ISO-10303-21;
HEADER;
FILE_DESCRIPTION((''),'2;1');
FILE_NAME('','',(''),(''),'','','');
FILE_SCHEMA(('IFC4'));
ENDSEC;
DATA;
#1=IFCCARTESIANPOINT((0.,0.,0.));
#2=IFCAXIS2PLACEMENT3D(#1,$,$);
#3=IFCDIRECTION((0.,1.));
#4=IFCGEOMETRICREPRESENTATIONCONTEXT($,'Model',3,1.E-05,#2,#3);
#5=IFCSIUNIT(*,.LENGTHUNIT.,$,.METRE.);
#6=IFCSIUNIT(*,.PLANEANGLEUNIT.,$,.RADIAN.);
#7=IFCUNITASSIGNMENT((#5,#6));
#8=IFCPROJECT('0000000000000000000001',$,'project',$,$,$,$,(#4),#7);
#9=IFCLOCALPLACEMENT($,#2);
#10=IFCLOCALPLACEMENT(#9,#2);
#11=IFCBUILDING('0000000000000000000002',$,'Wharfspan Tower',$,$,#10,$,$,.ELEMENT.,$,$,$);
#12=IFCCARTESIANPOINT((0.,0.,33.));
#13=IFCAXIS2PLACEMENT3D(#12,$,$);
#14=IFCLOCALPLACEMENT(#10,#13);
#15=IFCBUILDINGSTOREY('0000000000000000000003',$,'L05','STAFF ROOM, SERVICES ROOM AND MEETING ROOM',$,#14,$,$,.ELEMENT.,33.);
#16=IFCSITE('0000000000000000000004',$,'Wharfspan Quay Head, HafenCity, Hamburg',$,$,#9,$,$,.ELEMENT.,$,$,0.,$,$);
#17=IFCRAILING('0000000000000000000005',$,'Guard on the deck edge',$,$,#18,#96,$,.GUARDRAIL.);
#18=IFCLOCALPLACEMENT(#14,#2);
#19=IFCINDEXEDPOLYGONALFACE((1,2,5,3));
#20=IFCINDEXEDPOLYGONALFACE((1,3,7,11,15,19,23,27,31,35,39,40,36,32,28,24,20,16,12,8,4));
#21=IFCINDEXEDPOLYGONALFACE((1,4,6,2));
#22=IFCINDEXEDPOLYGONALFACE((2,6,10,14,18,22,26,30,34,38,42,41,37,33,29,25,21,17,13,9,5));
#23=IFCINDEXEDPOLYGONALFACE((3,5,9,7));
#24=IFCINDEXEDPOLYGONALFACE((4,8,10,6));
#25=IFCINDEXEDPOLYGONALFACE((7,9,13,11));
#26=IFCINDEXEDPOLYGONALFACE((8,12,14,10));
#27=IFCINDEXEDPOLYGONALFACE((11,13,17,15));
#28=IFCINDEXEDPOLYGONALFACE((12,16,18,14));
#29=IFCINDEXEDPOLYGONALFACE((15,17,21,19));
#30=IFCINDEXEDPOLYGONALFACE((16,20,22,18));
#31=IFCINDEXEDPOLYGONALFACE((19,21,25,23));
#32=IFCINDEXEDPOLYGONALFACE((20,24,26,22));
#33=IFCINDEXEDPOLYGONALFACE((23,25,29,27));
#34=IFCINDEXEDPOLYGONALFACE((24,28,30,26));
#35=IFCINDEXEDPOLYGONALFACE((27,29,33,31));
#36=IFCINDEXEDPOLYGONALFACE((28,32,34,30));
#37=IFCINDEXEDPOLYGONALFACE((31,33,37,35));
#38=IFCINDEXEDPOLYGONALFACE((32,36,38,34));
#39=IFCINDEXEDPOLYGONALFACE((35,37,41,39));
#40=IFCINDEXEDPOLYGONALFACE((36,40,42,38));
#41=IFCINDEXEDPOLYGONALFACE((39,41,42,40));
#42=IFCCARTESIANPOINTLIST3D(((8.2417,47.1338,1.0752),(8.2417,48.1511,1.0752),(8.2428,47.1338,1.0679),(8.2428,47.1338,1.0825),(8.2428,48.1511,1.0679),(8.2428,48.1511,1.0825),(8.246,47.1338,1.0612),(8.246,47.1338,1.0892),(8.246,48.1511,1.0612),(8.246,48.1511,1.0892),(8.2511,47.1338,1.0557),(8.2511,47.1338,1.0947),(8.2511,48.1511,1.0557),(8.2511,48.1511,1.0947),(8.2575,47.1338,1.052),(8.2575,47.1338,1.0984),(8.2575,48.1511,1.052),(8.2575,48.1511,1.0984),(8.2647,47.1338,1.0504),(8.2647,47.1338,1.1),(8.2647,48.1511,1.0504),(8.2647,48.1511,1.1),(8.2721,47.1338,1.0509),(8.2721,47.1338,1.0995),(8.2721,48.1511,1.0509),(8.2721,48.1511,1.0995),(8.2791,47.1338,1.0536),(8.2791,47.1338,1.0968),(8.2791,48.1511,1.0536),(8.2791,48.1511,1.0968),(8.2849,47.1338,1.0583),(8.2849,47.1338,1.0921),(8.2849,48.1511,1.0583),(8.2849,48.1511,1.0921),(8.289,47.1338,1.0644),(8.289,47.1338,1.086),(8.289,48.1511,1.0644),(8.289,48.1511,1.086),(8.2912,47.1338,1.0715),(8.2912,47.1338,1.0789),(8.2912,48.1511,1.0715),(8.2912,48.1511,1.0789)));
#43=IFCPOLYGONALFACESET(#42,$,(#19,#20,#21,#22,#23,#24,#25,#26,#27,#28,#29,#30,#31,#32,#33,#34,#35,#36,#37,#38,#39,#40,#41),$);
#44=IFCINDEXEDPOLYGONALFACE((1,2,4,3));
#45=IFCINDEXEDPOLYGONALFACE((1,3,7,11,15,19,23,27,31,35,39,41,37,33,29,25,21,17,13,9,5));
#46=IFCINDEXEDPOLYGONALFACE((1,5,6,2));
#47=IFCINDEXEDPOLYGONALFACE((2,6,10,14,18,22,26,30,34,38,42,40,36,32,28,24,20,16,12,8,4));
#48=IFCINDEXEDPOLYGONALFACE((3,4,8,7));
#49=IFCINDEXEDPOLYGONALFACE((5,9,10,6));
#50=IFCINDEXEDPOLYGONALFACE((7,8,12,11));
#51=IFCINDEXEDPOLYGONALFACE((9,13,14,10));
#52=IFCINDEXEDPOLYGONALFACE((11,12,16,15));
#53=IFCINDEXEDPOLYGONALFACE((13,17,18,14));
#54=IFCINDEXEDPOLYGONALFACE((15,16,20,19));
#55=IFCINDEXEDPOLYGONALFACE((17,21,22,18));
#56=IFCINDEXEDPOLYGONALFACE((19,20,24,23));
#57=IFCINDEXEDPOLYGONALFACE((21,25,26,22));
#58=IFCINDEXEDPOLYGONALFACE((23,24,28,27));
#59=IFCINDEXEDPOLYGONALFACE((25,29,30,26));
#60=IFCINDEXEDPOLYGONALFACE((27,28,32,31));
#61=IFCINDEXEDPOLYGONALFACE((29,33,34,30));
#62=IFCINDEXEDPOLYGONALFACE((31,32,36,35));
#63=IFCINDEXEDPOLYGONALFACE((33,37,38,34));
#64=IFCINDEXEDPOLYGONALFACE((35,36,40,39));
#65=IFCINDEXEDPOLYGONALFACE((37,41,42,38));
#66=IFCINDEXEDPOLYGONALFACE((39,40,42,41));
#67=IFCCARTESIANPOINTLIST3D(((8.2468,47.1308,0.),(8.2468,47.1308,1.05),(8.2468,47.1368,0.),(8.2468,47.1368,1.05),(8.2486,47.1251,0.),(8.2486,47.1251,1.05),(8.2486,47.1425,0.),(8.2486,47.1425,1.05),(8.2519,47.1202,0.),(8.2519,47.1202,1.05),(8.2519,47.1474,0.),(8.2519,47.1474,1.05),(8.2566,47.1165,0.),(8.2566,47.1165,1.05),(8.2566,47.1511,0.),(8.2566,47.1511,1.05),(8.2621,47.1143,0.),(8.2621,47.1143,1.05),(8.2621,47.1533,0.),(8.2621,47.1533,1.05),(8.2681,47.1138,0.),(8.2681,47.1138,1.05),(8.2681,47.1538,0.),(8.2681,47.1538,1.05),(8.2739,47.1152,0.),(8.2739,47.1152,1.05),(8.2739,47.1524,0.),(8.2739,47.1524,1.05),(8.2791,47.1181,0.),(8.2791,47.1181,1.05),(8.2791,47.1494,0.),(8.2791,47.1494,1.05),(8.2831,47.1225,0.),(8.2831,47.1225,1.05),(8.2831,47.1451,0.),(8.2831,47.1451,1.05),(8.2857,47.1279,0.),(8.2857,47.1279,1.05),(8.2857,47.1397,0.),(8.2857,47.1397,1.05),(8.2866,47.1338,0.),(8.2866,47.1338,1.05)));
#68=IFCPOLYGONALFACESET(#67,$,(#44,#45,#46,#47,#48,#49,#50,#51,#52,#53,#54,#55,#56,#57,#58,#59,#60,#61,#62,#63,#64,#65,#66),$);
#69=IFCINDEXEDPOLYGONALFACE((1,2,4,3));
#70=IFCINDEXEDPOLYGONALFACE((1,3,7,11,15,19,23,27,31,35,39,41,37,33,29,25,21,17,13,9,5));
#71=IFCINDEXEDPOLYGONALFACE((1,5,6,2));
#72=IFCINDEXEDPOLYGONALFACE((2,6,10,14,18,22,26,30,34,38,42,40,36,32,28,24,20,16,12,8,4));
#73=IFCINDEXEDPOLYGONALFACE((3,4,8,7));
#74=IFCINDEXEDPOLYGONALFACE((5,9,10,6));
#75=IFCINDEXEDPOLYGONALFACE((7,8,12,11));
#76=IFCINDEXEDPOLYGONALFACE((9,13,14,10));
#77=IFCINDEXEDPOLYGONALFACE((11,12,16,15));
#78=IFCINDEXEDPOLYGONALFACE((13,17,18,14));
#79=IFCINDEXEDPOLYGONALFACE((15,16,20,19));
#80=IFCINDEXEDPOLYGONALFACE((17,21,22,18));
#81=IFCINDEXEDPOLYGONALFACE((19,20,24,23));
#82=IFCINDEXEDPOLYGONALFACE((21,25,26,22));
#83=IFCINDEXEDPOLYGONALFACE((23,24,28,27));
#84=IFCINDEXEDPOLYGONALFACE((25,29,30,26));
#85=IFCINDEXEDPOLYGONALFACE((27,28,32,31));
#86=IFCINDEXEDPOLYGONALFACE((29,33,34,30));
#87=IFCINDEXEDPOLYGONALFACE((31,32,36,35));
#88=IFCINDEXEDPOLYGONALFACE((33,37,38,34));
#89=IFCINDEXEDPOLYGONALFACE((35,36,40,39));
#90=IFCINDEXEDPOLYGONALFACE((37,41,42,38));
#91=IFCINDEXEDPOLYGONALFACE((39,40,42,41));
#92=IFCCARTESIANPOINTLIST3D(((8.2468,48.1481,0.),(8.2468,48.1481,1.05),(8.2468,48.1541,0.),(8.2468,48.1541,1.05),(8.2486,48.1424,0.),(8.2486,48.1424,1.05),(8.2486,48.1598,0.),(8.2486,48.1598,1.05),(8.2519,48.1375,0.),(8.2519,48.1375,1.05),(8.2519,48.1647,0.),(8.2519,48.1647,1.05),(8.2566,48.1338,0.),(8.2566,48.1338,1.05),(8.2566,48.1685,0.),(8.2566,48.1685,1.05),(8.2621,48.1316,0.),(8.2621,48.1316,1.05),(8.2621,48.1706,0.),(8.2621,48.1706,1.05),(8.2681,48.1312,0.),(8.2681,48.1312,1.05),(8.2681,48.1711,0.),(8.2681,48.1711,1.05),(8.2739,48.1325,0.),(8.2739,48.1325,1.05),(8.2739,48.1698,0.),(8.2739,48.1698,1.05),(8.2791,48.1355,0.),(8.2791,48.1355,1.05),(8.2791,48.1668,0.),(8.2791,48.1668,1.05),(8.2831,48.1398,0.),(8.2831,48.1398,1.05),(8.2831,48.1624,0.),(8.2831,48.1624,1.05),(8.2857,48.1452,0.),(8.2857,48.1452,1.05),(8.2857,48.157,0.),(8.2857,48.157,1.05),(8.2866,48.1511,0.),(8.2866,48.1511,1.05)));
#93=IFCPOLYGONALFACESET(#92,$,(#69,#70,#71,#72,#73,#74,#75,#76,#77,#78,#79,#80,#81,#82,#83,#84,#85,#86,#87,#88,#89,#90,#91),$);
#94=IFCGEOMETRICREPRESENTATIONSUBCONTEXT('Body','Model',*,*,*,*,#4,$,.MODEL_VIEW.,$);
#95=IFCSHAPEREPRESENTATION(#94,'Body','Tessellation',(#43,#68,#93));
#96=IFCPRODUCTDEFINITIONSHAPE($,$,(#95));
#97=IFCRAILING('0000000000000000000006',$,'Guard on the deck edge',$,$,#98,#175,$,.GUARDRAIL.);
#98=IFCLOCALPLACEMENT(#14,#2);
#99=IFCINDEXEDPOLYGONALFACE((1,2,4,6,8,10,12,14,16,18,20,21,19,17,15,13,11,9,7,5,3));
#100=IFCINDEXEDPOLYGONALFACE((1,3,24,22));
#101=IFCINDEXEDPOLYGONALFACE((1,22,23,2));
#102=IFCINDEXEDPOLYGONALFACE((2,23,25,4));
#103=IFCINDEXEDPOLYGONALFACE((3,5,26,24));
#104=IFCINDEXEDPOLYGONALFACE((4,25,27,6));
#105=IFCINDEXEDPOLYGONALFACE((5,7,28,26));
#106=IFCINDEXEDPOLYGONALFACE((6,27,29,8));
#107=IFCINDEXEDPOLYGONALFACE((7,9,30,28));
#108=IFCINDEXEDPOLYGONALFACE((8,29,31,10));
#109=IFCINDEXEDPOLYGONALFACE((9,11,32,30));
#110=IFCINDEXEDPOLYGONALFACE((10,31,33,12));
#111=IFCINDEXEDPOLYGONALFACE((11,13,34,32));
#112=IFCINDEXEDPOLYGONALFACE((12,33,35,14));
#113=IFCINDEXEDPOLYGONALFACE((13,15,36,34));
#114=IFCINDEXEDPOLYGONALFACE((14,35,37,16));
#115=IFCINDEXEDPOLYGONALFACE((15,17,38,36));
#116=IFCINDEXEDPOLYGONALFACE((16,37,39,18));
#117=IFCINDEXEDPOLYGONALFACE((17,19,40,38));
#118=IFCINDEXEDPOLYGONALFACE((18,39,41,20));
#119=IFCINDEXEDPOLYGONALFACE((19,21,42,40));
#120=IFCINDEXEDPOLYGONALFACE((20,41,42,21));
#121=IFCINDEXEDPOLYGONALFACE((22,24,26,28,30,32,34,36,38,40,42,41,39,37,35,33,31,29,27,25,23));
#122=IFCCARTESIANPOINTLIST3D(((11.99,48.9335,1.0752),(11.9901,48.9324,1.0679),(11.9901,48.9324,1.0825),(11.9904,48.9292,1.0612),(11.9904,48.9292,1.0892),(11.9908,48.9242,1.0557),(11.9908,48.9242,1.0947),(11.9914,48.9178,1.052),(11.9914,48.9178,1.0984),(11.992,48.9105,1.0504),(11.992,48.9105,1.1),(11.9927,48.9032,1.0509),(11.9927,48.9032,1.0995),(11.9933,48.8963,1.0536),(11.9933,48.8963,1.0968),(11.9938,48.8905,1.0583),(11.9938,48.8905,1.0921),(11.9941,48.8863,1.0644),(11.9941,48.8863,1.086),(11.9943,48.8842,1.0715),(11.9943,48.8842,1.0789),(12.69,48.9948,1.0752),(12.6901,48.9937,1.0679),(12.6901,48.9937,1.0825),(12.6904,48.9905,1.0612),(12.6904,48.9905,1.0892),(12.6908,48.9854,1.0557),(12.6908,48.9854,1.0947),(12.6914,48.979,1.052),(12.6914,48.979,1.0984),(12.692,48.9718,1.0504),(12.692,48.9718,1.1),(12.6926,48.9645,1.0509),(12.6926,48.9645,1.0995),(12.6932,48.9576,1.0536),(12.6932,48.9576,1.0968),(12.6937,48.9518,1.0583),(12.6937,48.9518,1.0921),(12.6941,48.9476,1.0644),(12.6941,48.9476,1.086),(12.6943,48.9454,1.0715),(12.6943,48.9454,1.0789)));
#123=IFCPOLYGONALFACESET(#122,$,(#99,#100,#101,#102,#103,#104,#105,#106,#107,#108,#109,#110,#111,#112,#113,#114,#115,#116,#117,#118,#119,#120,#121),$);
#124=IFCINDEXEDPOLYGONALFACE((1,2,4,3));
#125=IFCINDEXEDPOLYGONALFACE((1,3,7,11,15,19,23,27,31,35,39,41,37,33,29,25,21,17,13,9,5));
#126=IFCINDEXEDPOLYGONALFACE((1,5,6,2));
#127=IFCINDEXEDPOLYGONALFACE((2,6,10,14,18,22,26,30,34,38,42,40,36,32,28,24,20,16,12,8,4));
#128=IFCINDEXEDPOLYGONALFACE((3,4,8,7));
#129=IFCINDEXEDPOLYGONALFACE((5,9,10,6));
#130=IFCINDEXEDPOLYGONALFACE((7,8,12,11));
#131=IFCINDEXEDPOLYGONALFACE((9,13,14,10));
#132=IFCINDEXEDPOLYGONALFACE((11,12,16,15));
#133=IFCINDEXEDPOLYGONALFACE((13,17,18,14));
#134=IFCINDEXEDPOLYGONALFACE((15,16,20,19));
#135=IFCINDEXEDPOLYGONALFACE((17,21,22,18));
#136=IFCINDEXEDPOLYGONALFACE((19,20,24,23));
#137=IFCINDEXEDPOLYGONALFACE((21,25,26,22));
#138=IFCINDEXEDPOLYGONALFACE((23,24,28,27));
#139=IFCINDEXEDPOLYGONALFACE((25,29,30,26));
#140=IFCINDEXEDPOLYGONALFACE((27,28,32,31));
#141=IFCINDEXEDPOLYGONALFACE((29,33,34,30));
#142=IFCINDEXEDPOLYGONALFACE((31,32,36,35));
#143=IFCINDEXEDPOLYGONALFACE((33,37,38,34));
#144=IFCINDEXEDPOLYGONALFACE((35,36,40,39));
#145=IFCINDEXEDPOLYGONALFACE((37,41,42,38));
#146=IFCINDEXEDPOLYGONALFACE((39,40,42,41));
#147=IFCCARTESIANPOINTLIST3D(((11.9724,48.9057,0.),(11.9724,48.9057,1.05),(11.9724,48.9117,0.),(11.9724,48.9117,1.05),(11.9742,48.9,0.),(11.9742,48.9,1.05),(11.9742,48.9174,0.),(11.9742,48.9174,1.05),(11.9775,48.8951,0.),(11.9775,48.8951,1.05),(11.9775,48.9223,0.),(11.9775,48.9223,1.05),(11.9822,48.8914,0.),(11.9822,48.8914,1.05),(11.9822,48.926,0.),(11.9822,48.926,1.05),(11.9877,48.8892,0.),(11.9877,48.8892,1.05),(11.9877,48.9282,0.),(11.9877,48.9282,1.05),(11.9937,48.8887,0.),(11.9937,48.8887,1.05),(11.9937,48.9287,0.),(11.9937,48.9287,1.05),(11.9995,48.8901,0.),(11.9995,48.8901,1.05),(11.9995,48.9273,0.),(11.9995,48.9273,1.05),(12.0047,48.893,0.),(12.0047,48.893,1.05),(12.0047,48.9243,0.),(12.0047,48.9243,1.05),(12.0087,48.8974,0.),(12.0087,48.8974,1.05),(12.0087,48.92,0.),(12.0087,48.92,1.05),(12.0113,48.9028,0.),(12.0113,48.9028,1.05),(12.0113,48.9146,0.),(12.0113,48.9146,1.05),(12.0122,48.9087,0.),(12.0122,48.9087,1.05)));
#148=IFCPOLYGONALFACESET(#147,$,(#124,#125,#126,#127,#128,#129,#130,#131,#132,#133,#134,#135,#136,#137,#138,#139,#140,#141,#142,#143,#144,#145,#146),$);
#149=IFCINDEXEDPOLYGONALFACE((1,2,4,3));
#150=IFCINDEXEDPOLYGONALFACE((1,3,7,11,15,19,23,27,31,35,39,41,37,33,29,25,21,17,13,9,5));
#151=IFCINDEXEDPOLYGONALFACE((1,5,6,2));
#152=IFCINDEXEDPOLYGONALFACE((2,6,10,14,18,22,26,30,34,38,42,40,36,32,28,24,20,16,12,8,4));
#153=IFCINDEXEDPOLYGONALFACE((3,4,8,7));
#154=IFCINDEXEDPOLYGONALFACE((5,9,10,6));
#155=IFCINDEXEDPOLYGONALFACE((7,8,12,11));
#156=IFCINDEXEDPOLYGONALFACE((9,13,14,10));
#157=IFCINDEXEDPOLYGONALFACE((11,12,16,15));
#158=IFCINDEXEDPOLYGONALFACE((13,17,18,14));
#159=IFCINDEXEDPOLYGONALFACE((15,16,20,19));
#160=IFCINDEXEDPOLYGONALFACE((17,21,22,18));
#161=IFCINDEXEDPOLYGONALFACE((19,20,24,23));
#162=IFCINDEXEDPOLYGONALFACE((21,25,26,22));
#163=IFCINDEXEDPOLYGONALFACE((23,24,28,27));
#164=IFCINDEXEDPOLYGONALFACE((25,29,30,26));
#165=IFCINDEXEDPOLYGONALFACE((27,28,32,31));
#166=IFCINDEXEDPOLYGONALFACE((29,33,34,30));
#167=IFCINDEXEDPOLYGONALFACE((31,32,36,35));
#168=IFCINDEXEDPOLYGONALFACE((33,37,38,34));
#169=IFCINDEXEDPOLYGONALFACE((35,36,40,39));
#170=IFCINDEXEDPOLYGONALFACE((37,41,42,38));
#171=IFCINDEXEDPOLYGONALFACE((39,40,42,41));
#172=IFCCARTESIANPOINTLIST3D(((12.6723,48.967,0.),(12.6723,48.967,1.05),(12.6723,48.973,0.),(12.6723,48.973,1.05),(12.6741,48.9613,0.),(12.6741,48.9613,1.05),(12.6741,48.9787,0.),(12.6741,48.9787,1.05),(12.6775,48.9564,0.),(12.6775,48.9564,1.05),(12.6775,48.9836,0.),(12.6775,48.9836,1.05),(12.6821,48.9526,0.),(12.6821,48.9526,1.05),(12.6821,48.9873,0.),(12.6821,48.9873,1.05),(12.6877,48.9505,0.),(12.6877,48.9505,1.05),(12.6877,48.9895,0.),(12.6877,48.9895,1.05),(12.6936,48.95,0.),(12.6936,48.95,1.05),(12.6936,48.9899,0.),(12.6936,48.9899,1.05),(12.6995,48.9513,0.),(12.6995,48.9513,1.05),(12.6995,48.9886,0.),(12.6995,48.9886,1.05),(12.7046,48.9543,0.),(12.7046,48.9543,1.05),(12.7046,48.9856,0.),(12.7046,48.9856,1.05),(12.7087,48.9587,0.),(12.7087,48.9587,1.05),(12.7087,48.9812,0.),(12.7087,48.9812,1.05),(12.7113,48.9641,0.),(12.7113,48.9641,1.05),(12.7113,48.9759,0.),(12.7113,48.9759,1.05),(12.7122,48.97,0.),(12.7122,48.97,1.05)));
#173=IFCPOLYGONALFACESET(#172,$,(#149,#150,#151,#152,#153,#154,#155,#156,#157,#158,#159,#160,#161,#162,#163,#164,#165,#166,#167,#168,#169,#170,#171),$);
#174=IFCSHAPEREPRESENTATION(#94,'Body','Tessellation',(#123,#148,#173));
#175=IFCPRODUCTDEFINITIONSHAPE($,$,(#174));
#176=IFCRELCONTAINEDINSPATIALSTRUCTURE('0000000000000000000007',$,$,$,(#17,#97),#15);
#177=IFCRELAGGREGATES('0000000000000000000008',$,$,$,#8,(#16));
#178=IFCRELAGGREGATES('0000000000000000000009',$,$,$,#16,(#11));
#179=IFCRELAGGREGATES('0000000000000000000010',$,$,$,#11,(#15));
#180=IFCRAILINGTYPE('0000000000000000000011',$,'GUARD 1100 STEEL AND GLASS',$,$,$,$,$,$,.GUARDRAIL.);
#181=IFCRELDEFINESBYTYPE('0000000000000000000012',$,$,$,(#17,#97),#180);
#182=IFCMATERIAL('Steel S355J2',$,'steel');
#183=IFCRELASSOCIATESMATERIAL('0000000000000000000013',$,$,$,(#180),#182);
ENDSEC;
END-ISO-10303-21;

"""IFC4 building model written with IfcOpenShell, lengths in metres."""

from ifc_helpers import new_model, si_unit, direction, frame, origin, origin_2d, place, context, subcontext, project, spatial, circle, extrude, material, type_object, element, save


model = new_model("IFC4")

# Units and contexts
model_context = context("Model", 3, precision=1e-05, world=origin(), true_north=direction((0.0, 1.0)))
body_context = subcontext(model_context, "Body", "Model", "MODEL_VIEW")
ifc_project = project(units=[si_unit("LENGTHUNIT", "METRE"), si_unit("PLANEANGLEUNIT", "RADIAN")], contexts=[model_context])

# Site, building, storey
site_placement = place(None, origin())
site = spatial("IfcSite", under=ifc_project, at=site_placement, Name="Wharfspan Quay Head, HafenCity, Hamburg", CompositionType="ELEMENT", RefElevation=0.0)
building_placement = place(site_placement, origin())
building = spatial("IfcBuilding", under=site, at=building_placement, Name="Wharfspan Tower", CompositionType="ELEMENT")
storey_placement = place(building_placement, frame((0.0, 0.0, 33.0)))
storey = spatial("IfcBuildingStorey", under=building, at=storey_placement, Name="L05", Description="STAFF ROOM, SERVICES ROOM AND MEETING ROOM", CompositionType="ELEMENT", Elevation=33.0)

# Railings
ifc_material_1 = material(Name="Steel S355J2", Category="steel")
railing_type = type_object("IfcRailingType", Name="GUARD 1100 STEEL AND GLASS", PredefinedType="GUARDRAIL", material=ifc_material_1)
railing_placement = place(storey_placement, frame((8.2666, 47.1338, 0.0)))
element("IfcRailing", 1, at=railing_placement, inside=storey, type_object=railing_type, Name="Guard on the deck edge", PredefinedType="GUARDRAIL", context=body_context, shape_type="SweptSolid", body=[
    extrude(circle(Radius=0.0249, at=origin_2d()), frame((0.0, 0.0, 1.0752), z_axis=(0.0, 1.0, 0.0), x_axis=(-1.0, 0.0, 0.0)), (0.0, 0.0, 1.0), 1.0173),
    extrude(circle(Radius=0.02, at=origin_2d()), origin(), (0.0, 0.0, 1.0), 1.05),
    extrude(circle(Radius=0.02, at=origin_2d()), frame((0.0, 1.0173, 0.0)), (0.0, 0.0, 1.0), 1.05),
])
for number, where, name in (
    (2, (11.9922, 48.9087, 0.0), "Guard on the deck edge"),
):
    element("IfcRailing", number, at=place(storey_placement, frame(where)), inside=storey, type_object=railing_type, Name=name, PredefinedType="GUARDRAIL", context=body_context, shape_type="SweptSolid", body=[
        extrude(circle(Radius=0.0249, at=origin_2d()), frame((0.0, 0.0, 1.0752), z_axis=(0.99619, 0.087214, 0.0), x_axis=(-0.087214, 0.99619, 0.0)), (0.0, 0.0, 1.0), 0.7026),
        extrude(circle(Radius=0.02, at=origin_2d()), origin(), (0.0, 0.0, 1.0), 1.05),
        extrude(circle(Radius=0.02, at=origin_2d()), frame((0.7, 0.0613, 0.0)), (0.0, 0.0, 1.0), 1.05),
    ])

save(model, "model.ifc")
